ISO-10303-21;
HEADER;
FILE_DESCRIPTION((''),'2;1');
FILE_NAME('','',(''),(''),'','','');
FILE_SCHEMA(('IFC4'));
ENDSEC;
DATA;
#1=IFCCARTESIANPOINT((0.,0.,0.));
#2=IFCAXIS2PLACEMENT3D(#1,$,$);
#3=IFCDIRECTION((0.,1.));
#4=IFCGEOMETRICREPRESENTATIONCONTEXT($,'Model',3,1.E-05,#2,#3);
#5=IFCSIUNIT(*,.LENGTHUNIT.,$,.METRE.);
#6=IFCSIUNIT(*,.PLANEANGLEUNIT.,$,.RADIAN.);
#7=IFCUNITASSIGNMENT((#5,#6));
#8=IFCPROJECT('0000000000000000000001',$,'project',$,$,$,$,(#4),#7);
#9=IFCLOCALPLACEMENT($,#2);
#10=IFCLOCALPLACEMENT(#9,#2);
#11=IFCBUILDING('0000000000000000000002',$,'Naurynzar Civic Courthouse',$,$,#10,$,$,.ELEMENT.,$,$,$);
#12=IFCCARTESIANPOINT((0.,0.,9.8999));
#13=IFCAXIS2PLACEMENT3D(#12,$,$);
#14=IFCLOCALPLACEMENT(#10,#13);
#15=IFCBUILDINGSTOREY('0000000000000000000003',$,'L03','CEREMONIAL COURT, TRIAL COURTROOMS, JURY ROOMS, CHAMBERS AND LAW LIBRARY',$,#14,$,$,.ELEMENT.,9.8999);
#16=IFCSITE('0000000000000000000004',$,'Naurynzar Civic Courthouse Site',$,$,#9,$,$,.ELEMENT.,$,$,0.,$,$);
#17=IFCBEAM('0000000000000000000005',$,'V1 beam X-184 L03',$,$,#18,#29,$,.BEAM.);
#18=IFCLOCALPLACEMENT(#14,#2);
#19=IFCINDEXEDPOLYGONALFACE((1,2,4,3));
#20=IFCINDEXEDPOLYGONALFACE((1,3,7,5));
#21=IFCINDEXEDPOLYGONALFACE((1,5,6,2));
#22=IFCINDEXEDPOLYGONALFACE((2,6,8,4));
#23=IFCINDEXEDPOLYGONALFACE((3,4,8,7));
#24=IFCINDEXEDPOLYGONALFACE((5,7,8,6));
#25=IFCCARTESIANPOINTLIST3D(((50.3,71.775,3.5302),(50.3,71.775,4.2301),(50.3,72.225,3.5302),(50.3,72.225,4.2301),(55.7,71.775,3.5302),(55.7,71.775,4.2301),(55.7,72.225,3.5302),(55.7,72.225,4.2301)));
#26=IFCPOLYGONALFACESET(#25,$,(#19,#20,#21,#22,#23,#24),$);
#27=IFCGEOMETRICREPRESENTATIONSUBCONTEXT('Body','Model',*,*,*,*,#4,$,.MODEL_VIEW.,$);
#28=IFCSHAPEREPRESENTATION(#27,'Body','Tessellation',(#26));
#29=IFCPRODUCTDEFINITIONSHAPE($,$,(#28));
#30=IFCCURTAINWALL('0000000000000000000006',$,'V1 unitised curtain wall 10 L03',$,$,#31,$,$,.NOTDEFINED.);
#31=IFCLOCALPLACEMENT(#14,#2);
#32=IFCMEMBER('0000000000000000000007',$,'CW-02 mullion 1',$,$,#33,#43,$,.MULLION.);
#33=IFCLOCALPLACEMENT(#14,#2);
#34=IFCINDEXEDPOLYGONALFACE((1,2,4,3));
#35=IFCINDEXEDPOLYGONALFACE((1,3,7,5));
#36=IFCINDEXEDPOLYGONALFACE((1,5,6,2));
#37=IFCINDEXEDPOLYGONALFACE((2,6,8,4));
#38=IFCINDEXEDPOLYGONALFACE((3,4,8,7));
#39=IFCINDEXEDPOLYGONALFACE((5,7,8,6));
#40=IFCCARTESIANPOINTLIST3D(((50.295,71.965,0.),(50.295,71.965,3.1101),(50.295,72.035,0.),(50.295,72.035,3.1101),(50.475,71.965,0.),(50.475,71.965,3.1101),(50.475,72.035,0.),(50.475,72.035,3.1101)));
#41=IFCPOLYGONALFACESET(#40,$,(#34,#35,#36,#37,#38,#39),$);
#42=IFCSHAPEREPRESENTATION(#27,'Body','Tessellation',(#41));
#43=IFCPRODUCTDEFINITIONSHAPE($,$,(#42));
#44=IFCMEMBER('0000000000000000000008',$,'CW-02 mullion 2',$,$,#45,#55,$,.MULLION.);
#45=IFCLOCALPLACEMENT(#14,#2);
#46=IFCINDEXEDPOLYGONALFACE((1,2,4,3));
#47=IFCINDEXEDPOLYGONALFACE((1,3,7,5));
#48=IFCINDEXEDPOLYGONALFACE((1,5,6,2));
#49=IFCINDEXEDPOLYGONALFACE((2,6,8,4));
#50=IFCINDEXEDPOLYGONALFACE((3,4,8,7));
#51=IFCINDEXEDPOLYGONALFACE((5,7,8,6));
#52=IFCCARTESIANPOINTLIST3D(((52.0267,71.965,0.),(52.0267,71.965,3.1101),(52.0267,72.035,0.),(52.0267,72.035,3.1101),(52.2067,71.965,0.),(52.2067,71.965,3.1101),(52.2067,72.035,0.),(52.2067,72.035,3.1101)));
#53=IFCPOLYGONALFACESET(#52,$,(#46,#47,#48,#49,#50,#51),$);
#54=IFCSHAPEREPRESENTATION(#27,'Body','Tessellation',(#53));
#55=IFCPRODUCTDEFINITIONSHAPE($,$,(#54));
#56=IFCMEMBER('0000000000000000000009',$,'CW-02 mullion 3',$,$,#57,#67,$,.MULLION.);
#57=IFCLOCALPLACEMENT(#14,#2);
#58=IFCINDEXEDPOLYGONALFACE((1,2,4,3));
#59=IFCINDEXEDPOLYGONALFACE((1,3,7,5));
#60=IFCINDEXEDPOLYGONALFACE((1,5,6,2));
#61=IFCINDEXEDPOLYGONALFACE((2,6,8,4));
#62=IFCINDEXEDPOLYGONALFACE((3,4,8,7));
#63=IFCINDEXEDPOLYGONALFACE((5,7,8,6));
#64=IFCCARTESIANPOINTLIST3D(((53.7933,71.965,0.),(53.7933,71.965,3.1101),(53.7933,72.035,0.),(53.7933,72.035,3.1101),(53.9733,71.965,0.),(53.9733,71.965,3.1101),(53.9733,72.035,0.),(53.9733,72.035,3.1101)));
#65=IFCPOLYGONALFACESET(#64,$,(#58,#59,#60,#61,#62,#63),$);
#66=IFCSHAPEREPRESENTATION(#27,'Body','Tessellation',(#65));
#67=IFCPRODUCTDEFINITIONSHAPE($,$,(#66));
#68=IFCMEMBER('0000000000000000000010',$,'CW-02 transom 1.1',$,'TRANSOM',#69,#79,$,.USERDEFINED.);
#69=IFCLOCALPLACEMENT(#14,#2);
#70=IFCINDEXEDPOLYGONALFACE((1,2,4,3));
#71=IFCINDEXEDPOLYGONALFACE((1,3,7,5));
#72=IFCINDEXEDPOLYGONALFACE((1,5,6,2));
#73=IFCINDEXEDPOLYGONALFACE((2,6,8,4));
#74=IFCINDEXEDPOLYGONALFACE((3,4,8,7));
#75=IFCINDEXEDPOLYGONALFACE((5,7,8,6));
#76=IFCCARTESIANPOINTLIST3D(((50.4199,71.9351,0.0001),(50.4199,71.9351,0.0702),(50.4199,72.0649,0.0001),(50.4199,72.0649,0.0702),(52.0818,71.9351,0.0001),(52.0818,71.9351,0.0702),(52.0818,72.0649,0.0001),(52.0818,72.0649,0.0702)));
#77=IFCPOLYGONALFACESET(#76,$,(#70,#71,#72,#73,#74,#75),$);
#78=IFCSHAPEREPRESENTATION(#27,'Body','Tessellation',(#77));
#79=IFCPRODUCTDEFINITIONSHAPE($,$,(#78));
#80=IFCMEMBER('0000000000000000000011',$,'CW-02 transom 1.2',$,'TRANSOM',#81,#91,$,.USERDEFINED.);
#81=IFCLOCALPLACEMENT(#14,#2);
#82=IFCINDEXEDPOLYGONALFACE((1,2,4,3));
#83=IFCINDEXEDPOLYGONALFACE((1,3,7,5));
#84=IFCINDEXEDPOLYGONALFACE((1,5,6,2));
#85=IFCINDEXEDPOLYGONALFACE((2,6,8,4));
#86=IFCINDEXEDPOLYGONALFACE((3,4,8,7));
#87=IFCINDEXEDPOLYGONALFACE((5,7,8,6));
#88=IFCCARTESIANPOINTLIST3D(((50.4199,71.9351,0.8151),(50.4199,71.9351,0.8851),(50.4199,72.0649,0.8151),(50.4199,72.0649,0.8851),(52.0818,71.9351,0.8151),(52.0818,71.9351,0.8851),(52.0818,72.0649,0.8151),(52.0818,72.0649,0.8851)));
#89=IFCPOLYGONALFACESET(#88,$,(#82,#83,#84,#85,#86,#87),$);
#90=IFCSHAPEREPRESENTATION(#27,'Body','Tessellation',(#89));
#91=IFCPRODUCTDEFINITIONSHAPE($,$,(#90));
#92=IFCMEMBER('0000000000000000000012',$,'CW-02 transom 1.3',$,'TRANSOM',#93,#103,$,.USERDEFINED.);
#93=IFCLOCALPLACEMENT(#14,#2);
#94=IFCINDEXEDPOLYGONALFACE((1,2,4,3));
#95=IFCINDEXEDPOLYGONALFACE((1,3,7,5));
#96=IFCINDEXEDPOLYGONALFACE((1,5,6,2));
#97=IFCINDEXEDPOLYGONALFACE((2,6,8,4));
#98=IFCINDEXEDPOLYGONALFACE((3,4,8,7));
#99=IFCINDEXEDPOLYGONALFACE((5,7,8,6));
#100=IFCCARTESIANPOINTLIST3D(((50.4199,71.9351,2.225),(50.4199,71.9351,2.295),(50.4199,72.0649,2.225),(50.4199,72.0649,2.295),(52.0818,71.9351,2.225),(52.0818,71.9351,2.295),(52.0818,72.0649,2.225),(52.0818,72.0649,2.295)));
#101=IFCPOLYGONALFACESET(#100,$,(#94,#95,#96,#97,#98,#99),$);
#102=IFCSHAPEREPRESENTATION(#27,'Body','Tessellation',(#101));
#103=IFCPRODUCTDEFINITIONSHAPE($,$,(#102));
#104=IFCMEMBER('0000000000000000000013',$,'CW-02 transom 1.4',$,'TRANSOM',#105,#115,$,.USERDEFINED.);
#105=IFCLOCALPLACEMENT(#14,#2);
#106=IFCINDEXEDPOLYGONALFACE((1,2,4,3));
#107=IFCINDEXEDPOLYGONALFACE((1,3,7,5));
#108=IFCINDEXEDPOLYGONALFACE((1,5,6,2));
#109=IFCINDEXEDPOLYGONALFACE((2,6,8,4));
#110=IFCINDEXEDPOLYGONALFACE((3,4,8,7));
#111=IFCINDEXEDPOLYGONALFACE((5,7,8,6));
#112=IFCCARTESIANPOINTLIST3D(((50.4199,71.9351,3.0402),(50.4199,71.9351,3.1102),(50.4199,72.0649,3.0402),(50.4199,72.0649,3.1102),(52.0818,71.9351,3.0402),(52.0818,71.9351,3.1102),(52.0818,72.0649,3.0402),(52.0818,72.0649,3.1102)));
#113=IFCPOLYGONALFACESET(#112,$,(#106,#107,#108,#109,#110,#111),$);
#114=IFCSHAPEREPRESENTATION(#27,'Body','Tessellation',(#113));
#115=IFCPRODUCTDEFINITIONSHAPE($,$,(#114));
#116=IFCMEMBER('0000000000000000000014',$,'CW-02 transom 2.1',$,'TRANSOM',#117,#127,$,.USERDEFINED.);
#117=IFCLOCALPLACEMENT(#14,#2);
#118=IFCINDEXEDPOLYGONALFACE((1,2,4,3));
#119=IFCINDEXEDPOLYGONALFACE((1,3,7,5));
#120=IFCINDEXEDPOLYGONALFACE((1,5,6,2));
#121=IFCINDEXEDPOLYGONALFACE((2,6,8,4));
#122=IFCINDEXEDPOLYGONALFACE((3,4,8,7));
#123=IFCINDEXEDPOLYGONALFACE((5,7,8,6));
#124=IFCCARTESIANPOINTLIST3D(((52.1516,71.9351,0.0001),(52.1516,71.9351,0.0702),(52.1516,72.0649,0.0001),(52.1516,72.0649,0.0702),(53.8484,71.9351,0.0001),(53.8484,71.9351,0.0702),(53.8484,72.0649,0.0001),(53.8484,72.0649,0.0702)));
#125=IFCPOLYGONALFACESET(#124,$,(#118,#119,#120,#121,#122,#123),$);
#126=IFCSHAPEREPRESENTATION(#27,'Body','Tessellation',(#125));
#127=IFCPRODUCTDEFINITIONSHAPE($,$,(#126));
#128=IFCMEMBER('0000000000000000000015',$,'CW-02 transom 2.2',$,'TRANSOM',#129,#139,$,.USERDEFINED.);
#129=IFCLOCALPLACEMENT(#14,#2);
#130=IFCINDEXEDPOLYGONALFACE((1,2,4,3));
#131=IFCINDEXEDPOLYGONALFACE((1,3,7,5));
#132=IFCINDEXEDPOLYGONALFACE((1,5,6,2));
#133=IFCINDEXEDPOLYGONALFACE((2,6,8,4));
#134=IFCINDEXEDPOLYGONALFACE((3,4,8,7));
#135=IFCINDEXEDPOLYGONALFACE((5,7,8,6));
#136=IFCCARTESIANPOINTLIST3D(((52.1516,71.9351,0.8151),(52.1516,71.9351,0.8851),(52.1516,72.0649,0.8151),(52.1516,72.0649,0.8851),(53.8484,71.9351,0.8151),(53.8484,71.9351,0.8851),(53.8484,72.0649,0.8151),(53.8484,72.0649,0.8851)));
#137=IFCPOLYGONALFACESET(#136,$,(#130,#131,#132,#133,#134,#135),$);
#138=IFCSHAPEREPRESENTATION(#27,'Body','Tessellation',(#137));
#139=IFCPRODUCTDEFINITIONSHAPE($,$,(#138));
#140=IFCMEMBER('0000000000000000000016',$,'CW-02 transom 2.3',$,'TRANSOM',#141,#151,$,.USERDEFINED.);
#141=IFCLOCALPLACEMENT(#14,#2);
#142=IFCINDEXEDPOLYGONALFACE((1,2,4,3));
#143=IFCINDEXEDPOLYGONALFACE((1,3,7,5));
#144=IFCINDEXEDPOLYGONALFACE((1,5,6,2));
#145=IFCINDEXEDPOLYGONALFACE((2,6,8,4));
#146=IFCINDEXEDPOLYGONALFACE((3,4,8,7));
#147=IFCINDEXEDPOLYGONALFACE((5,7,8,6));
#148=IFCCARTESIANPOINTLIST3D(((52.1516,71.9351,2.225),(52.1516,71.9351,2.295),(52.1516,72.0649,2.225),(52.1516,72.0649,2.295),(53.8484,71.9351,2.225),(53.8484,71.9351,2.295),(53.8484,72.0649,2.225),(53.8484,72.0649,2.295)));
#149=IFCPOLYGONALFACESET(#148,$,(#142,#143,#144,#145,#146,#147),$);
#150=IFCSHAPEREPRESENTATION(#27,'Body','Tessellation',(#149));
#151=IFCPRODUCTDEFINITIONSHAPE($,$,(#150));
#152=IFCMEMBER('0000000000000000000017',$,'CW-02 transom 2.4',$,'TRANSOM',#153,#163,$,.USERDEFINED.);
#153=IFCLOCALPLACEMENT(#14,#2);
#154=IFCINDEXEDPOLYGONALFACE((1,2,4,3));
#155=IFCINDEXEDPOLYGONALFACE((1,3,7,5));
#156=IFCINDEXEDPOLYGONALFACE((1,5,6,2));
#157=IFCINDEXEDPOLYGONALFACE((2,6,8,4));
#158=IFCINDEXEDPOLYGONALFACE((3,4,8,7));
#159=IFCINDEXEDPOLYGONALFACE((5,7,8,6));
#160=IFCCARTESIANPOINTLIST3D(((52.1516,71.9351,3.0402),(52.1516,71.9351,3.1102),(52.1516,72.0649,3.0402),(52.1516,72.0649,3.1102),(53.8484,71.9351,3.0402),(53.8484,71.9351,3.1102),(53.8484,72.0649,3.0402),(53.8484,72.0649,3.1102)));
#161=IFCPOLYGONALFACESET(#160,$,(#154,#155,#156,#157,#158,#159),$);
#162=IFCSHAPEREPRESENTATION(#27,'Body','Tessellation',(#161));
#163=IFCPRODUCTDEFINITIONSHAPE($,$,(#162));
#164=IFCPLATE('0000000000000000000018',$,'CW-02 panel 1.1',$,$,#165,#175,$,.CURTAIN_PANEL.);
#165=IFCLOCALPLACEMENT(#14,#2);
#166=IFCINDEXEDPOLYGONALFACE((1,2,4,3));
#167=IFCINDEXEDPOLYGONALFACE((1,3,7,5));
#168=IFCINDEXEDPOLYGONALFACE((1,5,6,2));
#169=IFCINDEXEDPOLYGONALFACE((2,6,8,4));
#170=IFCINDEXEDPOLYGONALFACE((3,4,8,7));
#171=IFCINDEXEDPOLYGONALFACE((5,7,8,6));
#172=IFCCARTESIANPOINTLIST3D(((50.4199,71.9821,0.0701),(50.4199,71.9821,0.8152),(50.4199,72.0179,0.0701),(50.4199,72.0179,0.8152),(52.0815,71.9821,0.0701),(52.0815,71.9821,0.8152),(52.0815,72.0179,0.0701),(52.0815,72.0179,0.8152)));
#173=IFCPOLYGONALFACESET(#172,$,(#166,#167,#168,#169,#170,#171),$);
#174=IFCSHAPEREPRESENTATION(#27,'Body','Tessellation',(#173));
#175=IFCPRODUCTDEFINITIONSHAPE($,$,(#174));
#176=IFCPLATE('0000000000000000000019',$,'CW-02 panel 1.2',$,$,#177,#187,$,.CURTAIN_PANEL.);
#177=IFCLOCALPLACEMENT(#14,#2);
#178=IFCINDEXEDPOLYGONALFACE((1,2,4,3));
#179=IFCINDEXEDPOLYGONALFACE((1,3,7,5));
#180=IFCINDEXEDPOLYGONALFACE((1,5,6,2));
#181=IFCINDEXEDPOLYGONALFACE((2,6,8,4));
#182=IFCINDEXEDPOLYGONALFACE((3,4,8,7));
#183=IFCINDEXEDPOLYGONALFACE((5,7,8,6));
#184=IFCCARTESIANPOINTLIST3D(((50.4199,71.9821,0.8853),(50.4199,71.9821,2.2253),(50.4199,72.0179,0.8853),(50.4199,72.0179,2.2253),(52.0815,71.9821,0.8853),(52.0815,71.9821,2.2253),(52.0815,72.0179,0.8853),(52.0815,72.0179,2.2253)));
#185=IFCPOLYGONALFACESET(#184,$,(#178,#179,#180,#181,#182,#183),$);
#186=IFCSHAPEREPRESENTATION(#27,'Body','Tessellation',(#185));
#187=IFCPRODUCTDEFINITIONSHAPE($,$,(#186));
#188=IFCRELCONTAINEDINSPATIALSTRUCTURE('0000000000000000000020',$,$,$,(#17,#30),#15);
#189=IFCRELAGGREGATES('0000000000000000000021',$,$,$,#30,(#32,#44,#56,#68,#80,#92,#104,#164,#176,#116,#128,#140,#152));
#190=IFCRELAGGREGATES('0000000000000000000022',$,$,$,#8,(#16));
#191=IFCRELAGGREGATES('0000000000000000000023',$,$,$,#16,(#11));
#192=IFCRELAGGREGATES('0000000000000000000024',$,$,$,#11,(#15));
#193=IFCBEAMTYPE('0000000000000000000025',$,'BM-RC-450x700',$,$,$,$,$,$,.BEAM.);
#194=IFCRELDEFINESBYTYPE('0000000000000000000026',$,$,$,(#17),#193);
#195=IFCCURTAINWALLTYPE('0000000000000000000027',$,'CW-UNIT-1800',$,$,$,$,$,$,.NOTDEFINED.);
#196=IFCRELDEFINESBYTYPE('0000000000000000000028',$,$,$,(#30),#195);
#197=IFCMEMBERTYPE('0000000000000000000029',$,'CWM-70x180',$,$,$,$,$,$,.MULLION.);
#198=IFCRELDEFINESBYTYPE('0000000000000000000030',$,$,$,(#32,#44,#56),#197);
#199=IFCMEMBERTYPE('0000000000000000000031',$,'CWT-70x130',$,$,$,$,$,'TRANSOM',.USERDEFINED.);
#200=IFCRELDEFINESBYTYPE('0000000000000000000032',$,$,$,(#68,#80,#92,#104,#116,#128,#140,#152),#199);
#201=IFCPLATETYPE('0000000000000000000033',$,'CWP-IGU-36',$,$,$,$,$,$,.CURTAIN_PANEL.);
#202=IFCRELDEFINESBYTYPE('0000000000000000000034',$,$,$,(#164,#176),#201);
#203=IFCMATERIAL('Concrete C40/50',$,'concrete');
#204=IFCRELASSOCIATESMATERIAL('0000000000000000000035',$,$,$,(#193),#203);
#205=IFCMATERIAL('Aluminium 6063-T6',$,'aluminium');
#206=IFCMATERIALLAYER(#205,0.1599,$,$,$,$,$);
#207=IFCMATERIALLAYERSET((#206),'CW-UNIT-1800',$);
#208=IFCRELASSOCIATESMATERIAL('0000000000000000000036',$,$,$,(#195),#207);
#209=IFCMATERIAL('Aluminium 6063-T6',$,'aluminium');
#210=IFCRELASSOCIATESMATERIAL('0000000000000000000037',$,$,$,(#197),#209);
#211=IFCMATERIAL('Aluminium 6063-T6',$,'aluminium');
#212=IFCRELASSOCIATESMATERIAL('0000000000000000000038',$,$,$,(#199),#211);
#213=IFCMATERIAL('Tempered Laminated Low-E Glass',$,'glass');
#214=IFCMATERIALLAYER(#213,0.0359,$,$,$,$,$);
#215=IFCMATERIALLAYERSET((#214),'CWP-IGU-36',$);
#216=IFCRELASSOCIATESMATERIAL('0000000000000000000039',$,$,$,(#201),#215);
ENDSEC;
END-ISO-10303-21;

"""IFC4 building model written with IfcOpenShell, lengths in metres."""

from ifc_helpers import new_model, si_unit, direction, frame, origin, origin_2d, place, context, subcontext, project, spatial, rectangle, extrude, material, layer, layer_set, material_profile, profile_set, type_object, element, aggregate, save


model = new_model("IFC4")

# Units and contexts
model_context = context("Model", 3, precision=1e-05, world=origin(), true_north=direction((0.0, 1.0)))
body_context = subcontext(model_context, "Body", "Model", "MODEL_VIEW")
ifc_project = project(units=[si_unit("LENGTHUNIT", "METRE"), si_unit("PLANEANGLEUNIT", "RADIAN")], contexts=[model_context])

# Site, building, storey
site_placement = place(None, origin())
site = spatial("IfcSite", under=ifc_project, at=site_placement, Name="Naurynzar Civic Courthouse Site", CompositionType="ELEMENT", RefElevation=0.0)
building_placement = place(site_placement, origin())
building = spatial("IfcBuilding", under=site, at=building_placement, Name="Naurynzar Civic Courthouse", CompositionType="ELEMENT")
storey_placement = place(building_placement, frame((0.0, 0.0, 9.8999)))
storey = spatial("IfcBuildingStorey", under=building, at=storey_placement, Name="L03", Description="CEREMONIAL COURT, TRIAL COURTROOMS, JURY ROOMS, CHAMBERS AND LAW LIBRARY", CompositionType="ELEMENT", Elevation=9.8999)

# Beam
ifc_material_1 = material(Name="Concrete C40/50", Category="concrete")
ifc_material_profile_1 = material_profile(ifc_material_1, rectangle(XDim=0.45, YDim=0.7, at=origin_2d()), Name="RCB 450x700")
ifc_profile_set_1 = profile_set([ifc_material_profile_1], Name="Concrete C40/50")
beam_type = type_object("IfcBeamType", Name="BM-RC-450x700", PredefinedType="BEAM", material=ifc_profile_set_1)
beam_placement = place(storey_placement, frame((50.3, 72.0, 3.8801), z_axis=(1.0, 0.0, 0.0), x_axis=(0.0, 1.0, 0.0)))
element("IfcBeam", 1, at=beam_placement, inside=storey, type_object=beam_type, Name="V1 beam X-184 L03", PredefinedType="BEAM", context=body_context, shape_type="SweptSolid", body=[
    extrude(rectangle(XDim=0.45, YDim=0.7, at=origin_2d()), origin(), (0.0, 0.0, 1.0), 5.3999),
])

# Curtain wall, members, plates
ifc_material_2 = material(Name="Aluminium 6063-T6", Category="aluminium")
ifc_layer_1 = layer(ifc_material_2, 0.1599)
ifc_layer_set_1 = layer_set([ifc_layer_1], Name="CW-UNIT-1800")
curtain_wall_type = type_object("IfcCurtainWallType", Name="CW-UNIT-1800", PredefinedType="NOTDEFINED", material=ifc_layer_set_1)
curtain_wall_placement = place(storey_placement, origin())
curtain_wall = element("IfcCurtainWall", 2, at=curtain_wall_placement, inside=storey, type_object=curtain_wall_type, Name="V1 unitised curtain wall 10 L03", PredefinedType="NOTDEFINED")
ifc_material_3 = material(Name="Aluminium 6063-T6", Category="aluminium")
ifc_material_profile_2 = material_profile(ifc_material_3, rectangle(XDim=0.0701, YDim=0.1799, at=origin_2d()), Name="ALU MULLION 70x180")
ifc_profile_set_2 = profile_set([ifc_material_profile_2], Name="Aluminium 6063-T6")
member_type_1 = type_object("IfcMemberType", Name="CWM-70x180", PredefinedType="MULLION", material=ifc_profile_set_2)
member_1_placement = place(storey_placement, frame((50.385, 72.0, 0.0), z_axis=(0.0, 0.0, 1.0), x_axis=(0.0, 1.0, 0.0)))
member_1 = element("IfcMember", 3, at=member_1_placement, type_object=member_type_1, Name="CW-02 mullion 1", PredefinedType="MULLION", context=body_context, shape_type="SweptSolid", body=[
    extrude(rectangle(XDim=0.0701, YDim=0.1799, at=origin_2d()), origin(), (0.0, 0.0, 1.0), 3.1101),
])
member_2_placement = place(storey_placement, frame((52.1167, 72.0, 0.0), z_axis=(0.0, 0.0, 1.0), x_axis=(0.0, 1.0, 0.0)))
member_2 = element("IfcMember", 4, at=member_2_placement, type_object=member_type_1, Name="CW-02 mullion 2", PredefinedType="MULLION", context=body_context, shape_type="SweptSolid", body=[
    extrude(rectangle(XDim=0.0701, YDim=0.1799, at=origin_2d()), origin(), (0.0, 0.0, 1.0), 3.1101),
])
member_3_placement = place(storey_placement, frame((53.8833, 72.0, 0.0), z_axis=(0.0, 0.0, 1.0), x_axis=(0.0, 1.0, 0.0)))
member_3 = element("IfcMember", 5, at=member_3_placement, type_object=member_type_1, Name="CW-02 mullion 3", PredefinedType="MULLION", context=body_context, shape_type="SweptSolid", body=[
    extrude(rectangle(XDim=0.0701, YDim=0.1799, at=origin_2d()), origin(), (0.0, 0.0, 1.0), 3.1101),
])
ifc_material_4 = material(Name="Aluminium 6063-T6", Category="aluminium")
ifc_material_profile_3 = material_profile(ifc_material_4, rectangle(XDim=0.1299, YDim=0.0701, at=origin_2d()), Name="ALU TRANSOM 70x130")
ifc_profile_set_3 = profile_set([ifc_material_profile_3], Name="Aluminium 6063-T6")
member_type_2 = type_object("IfcMemberType", Name="CWT-70x130", ElementType="TRANSOM", PredefinedType="USERDEFINED", material=ifc_profile_set_3)
member_4_placement = place(storey_placement, frame((50.4199, 72.0, 0.0352), z_axis=(1.0, 0.0, 0.0), x_axis=(0.0, 1.0, 0.0)))
member_4 = element("IfcMember", 6, at=member_4_placement, type_object=member_type_2, Name="CW-02 transom 1.1", ObjectType="TRANSOM", PredefinedType="USERDEFINED", context=body_context, shape_type="SweptSolid", body=[
    extrude(rectangle(XDim=0.1299, YDim=0.0701, at=origin_2d()), origin(), (0.0, 0.0, 1.0), 1.6619),
])
member_5_placement = place(storey_placement, frame((50.4199, 72.0, 0.8501), z_axis=(1.0, 0.0, 0.0), x_axis=(0.0, 1.0, 0.0)))
member_5 = element("IfcMember", 7, at=member_5_placement, type_object=member_type_2, Name="CW-02 transom 1.2", ObjectType="TRANSOM", PredefinedType="USERDEFINED", context=body_context, shape_type="SweptSolid", body=[
    extrude(rectangle(XDim=0.1299, YDim=0.0701, at=origin_2d()), origin(), (0.0, 0.0, 1.0), 1.6619),
])
member_6_placement = place(storey_placement, frame((50.4199, 72.0, 2.26), z_axis=(1.0, 0.0, 0.0), x_axis=(0.0, 1.0, 0.0)))
member_6 = element("IfcMember", 8, at=member_6_placement, type_object=member_type_2, Name="CW-02 transom 1.3", ObjectType="TRANSOM", PredefinedType="USERDEFINED", context=body_context, shape_type="SweptSolid", body=[
    extrude(rectangle(XDim=0.1299, YDim=0.0701, at=origin_2d()), origin(), (0.0, 0.0, 1.0), 1.6619),
])
member_7_placement = place(storey_placement, frame((50.4199, 72.0, 3.0752), z_axis=(1.0, 0.0, 0.0), x_axis=(0.0, 1.0, 0.0)))
member_7 = element("IfcMember", 9, at=member_7_placement, type_object=member_type_2, Name="CW-02 transom 1.4", ObjectType="TRANSOM", PredefinedType="USERDEFINED", context=body_context, shape_type="SweptSolid", body=[
    extrude(rectangle(XDim=0.1299, YDim=0.0701, at=origin_2d()), origin(), (0.0, 0.0, 1.0), 1.6619),
])
member_8_placement = place(storey_placement, frame((52.1516, 72.0, 0.0352), z_axis=(1.0, 0.0, 0.0), x_axis=(0.0, 1.0, 0.0)))
member_8 = element("IfcMember", 10, at=member_8_placement, type_object=member_type_2, Name="CW-02 transom 2.1", ObjectType="TRANSOM", PredefinedType="USERDEFINED", context=body_context, shape_type="SweptSolid", body=[
    extrude(rectangle(XDim=0.1299, YDim=0.0701, at=origin_2d()), origin(), (0.0, 0.0, 1.0), 1.6968),
])
member_9_placement = place(storey_placement, frame((52.1516, 72.0, 0.8501), z_axis=(1.0, 0.0, 0.0), x_axis=(0.0, 1.0, 0.0)))
member_9 = element("IfcMember", 11, at=member_9_placement, type_object=member_type_2, Name="CW-02 transom 2.2", ObjectType="TRANSOM", PredefinedType="USERDEFINED", context=body_context, shape_type="SweptSolid", body=[
    extrude(rectangle(XDim=0.1299, YDim=0.0701, at=origin_2d()), origin(), (0.0, 0.0, 1.0), 1.6968),
])
member_10_placement = place(storey_placement, frame((52.1516, 72.0, 2.26), z_axis=(1.0, 0.0, 0.0), x_axis=(0.0, 1.0, 0.0)))
member_10 = element("IfcMember", 12, at=member_10_placement, type_object=member_type_2, Name="CW-02 transom 2.3", ObjectType="TRANSOM", PredefinedType="USERDEFINED", context=body_context, shape_type="SweptSolid", body=[
    extrude(rectangle(XDim=0.1299, YDim=0.0701, at=origin_2d()), origin(), (0.0, 0.0, 1.0), 1.6968),
])
member_11_placement = place(storey_placement, frame((52.1516, 72.0, 3.0752), z_axis=(1.0, 0.0, 0.0), x_axis=(0.0, 1.0, 0.0)))
member_11 = element("IfcMember", 13, at=member_11_placement, type_object=member_type_2, Name="CW-02 transom 2.4", ObjectType="TRANSOM", PredefinedType="USERDEFINED", context=body_context, shape_type="SweptSolid", body=[
    extrude(rectangle(XDim=0.1299, YDim=0.0701, at=origin_2d()), origin(), (0.0, 0.0, 1.0), 1.6968),
])
ifc_material_5 = material(Name="Tempered Laminated Low-E Glass", Category="glass")
ifc_layer_2 = layer(ifc_material_5, 0.0359)
ifc_layer_set_2 = layer_set([ifc_layer_2], Name="CWP-IGU-36")
plate_type = type_object("IfcPlateType", Name="CWP-IGU-36", PredefinedType="CURTAIN_PANEL", material=ifc_layer_set_2)
plate_1_placement = place(storey_placement, frame((51.2507, 72.0, 0.0701), z_axis=(0.0, 0.0, 1.0), x_axis=(1.0, 0.0, 0.0)))
plate_1 = element("IfcPlate", 14, at=plate_1_placement, type_object=plate_type, Name="CW-02 panel 1.1", PredefinedType="CURTAIN_PANEL", context=body_context, shape_type="SweptSolid", body=[
    extrude(rectangle(XDim=1.6616, YDim=0.0359, at=origin_2d()), origin(), (0.0, 0.0, 1.0), 0.7451),
])
plate_2_placement = place(storey_placement, frame((51.2507, 72.0, 0.8853), z_axis=(0.0, 0.0, 1.0), x_axis=(1.0, 0.0, 0.0)))
plate_2 = element("IfcPlate", 15, at=plate_2_placement, type_object=plate_type, Name="CW-02 panel 1.2", PredefinedType="CURTAIN_PANEL", context=body_context, shape_type="SweptSolid", body=[
    extrude(rectangle(XDim=1.6616, YDim=0.0359, at=origin_2d()), origin(), (0.0, 0.0, 1.0), 1.3401),
])
aggregate(curtain_wall, [member_1, member_2, member_3, member_4, member_5, member_6, member_7, plate_1, plate_2, member_8, member_9, member_10, member_11])

save(model, "model.ifc")
